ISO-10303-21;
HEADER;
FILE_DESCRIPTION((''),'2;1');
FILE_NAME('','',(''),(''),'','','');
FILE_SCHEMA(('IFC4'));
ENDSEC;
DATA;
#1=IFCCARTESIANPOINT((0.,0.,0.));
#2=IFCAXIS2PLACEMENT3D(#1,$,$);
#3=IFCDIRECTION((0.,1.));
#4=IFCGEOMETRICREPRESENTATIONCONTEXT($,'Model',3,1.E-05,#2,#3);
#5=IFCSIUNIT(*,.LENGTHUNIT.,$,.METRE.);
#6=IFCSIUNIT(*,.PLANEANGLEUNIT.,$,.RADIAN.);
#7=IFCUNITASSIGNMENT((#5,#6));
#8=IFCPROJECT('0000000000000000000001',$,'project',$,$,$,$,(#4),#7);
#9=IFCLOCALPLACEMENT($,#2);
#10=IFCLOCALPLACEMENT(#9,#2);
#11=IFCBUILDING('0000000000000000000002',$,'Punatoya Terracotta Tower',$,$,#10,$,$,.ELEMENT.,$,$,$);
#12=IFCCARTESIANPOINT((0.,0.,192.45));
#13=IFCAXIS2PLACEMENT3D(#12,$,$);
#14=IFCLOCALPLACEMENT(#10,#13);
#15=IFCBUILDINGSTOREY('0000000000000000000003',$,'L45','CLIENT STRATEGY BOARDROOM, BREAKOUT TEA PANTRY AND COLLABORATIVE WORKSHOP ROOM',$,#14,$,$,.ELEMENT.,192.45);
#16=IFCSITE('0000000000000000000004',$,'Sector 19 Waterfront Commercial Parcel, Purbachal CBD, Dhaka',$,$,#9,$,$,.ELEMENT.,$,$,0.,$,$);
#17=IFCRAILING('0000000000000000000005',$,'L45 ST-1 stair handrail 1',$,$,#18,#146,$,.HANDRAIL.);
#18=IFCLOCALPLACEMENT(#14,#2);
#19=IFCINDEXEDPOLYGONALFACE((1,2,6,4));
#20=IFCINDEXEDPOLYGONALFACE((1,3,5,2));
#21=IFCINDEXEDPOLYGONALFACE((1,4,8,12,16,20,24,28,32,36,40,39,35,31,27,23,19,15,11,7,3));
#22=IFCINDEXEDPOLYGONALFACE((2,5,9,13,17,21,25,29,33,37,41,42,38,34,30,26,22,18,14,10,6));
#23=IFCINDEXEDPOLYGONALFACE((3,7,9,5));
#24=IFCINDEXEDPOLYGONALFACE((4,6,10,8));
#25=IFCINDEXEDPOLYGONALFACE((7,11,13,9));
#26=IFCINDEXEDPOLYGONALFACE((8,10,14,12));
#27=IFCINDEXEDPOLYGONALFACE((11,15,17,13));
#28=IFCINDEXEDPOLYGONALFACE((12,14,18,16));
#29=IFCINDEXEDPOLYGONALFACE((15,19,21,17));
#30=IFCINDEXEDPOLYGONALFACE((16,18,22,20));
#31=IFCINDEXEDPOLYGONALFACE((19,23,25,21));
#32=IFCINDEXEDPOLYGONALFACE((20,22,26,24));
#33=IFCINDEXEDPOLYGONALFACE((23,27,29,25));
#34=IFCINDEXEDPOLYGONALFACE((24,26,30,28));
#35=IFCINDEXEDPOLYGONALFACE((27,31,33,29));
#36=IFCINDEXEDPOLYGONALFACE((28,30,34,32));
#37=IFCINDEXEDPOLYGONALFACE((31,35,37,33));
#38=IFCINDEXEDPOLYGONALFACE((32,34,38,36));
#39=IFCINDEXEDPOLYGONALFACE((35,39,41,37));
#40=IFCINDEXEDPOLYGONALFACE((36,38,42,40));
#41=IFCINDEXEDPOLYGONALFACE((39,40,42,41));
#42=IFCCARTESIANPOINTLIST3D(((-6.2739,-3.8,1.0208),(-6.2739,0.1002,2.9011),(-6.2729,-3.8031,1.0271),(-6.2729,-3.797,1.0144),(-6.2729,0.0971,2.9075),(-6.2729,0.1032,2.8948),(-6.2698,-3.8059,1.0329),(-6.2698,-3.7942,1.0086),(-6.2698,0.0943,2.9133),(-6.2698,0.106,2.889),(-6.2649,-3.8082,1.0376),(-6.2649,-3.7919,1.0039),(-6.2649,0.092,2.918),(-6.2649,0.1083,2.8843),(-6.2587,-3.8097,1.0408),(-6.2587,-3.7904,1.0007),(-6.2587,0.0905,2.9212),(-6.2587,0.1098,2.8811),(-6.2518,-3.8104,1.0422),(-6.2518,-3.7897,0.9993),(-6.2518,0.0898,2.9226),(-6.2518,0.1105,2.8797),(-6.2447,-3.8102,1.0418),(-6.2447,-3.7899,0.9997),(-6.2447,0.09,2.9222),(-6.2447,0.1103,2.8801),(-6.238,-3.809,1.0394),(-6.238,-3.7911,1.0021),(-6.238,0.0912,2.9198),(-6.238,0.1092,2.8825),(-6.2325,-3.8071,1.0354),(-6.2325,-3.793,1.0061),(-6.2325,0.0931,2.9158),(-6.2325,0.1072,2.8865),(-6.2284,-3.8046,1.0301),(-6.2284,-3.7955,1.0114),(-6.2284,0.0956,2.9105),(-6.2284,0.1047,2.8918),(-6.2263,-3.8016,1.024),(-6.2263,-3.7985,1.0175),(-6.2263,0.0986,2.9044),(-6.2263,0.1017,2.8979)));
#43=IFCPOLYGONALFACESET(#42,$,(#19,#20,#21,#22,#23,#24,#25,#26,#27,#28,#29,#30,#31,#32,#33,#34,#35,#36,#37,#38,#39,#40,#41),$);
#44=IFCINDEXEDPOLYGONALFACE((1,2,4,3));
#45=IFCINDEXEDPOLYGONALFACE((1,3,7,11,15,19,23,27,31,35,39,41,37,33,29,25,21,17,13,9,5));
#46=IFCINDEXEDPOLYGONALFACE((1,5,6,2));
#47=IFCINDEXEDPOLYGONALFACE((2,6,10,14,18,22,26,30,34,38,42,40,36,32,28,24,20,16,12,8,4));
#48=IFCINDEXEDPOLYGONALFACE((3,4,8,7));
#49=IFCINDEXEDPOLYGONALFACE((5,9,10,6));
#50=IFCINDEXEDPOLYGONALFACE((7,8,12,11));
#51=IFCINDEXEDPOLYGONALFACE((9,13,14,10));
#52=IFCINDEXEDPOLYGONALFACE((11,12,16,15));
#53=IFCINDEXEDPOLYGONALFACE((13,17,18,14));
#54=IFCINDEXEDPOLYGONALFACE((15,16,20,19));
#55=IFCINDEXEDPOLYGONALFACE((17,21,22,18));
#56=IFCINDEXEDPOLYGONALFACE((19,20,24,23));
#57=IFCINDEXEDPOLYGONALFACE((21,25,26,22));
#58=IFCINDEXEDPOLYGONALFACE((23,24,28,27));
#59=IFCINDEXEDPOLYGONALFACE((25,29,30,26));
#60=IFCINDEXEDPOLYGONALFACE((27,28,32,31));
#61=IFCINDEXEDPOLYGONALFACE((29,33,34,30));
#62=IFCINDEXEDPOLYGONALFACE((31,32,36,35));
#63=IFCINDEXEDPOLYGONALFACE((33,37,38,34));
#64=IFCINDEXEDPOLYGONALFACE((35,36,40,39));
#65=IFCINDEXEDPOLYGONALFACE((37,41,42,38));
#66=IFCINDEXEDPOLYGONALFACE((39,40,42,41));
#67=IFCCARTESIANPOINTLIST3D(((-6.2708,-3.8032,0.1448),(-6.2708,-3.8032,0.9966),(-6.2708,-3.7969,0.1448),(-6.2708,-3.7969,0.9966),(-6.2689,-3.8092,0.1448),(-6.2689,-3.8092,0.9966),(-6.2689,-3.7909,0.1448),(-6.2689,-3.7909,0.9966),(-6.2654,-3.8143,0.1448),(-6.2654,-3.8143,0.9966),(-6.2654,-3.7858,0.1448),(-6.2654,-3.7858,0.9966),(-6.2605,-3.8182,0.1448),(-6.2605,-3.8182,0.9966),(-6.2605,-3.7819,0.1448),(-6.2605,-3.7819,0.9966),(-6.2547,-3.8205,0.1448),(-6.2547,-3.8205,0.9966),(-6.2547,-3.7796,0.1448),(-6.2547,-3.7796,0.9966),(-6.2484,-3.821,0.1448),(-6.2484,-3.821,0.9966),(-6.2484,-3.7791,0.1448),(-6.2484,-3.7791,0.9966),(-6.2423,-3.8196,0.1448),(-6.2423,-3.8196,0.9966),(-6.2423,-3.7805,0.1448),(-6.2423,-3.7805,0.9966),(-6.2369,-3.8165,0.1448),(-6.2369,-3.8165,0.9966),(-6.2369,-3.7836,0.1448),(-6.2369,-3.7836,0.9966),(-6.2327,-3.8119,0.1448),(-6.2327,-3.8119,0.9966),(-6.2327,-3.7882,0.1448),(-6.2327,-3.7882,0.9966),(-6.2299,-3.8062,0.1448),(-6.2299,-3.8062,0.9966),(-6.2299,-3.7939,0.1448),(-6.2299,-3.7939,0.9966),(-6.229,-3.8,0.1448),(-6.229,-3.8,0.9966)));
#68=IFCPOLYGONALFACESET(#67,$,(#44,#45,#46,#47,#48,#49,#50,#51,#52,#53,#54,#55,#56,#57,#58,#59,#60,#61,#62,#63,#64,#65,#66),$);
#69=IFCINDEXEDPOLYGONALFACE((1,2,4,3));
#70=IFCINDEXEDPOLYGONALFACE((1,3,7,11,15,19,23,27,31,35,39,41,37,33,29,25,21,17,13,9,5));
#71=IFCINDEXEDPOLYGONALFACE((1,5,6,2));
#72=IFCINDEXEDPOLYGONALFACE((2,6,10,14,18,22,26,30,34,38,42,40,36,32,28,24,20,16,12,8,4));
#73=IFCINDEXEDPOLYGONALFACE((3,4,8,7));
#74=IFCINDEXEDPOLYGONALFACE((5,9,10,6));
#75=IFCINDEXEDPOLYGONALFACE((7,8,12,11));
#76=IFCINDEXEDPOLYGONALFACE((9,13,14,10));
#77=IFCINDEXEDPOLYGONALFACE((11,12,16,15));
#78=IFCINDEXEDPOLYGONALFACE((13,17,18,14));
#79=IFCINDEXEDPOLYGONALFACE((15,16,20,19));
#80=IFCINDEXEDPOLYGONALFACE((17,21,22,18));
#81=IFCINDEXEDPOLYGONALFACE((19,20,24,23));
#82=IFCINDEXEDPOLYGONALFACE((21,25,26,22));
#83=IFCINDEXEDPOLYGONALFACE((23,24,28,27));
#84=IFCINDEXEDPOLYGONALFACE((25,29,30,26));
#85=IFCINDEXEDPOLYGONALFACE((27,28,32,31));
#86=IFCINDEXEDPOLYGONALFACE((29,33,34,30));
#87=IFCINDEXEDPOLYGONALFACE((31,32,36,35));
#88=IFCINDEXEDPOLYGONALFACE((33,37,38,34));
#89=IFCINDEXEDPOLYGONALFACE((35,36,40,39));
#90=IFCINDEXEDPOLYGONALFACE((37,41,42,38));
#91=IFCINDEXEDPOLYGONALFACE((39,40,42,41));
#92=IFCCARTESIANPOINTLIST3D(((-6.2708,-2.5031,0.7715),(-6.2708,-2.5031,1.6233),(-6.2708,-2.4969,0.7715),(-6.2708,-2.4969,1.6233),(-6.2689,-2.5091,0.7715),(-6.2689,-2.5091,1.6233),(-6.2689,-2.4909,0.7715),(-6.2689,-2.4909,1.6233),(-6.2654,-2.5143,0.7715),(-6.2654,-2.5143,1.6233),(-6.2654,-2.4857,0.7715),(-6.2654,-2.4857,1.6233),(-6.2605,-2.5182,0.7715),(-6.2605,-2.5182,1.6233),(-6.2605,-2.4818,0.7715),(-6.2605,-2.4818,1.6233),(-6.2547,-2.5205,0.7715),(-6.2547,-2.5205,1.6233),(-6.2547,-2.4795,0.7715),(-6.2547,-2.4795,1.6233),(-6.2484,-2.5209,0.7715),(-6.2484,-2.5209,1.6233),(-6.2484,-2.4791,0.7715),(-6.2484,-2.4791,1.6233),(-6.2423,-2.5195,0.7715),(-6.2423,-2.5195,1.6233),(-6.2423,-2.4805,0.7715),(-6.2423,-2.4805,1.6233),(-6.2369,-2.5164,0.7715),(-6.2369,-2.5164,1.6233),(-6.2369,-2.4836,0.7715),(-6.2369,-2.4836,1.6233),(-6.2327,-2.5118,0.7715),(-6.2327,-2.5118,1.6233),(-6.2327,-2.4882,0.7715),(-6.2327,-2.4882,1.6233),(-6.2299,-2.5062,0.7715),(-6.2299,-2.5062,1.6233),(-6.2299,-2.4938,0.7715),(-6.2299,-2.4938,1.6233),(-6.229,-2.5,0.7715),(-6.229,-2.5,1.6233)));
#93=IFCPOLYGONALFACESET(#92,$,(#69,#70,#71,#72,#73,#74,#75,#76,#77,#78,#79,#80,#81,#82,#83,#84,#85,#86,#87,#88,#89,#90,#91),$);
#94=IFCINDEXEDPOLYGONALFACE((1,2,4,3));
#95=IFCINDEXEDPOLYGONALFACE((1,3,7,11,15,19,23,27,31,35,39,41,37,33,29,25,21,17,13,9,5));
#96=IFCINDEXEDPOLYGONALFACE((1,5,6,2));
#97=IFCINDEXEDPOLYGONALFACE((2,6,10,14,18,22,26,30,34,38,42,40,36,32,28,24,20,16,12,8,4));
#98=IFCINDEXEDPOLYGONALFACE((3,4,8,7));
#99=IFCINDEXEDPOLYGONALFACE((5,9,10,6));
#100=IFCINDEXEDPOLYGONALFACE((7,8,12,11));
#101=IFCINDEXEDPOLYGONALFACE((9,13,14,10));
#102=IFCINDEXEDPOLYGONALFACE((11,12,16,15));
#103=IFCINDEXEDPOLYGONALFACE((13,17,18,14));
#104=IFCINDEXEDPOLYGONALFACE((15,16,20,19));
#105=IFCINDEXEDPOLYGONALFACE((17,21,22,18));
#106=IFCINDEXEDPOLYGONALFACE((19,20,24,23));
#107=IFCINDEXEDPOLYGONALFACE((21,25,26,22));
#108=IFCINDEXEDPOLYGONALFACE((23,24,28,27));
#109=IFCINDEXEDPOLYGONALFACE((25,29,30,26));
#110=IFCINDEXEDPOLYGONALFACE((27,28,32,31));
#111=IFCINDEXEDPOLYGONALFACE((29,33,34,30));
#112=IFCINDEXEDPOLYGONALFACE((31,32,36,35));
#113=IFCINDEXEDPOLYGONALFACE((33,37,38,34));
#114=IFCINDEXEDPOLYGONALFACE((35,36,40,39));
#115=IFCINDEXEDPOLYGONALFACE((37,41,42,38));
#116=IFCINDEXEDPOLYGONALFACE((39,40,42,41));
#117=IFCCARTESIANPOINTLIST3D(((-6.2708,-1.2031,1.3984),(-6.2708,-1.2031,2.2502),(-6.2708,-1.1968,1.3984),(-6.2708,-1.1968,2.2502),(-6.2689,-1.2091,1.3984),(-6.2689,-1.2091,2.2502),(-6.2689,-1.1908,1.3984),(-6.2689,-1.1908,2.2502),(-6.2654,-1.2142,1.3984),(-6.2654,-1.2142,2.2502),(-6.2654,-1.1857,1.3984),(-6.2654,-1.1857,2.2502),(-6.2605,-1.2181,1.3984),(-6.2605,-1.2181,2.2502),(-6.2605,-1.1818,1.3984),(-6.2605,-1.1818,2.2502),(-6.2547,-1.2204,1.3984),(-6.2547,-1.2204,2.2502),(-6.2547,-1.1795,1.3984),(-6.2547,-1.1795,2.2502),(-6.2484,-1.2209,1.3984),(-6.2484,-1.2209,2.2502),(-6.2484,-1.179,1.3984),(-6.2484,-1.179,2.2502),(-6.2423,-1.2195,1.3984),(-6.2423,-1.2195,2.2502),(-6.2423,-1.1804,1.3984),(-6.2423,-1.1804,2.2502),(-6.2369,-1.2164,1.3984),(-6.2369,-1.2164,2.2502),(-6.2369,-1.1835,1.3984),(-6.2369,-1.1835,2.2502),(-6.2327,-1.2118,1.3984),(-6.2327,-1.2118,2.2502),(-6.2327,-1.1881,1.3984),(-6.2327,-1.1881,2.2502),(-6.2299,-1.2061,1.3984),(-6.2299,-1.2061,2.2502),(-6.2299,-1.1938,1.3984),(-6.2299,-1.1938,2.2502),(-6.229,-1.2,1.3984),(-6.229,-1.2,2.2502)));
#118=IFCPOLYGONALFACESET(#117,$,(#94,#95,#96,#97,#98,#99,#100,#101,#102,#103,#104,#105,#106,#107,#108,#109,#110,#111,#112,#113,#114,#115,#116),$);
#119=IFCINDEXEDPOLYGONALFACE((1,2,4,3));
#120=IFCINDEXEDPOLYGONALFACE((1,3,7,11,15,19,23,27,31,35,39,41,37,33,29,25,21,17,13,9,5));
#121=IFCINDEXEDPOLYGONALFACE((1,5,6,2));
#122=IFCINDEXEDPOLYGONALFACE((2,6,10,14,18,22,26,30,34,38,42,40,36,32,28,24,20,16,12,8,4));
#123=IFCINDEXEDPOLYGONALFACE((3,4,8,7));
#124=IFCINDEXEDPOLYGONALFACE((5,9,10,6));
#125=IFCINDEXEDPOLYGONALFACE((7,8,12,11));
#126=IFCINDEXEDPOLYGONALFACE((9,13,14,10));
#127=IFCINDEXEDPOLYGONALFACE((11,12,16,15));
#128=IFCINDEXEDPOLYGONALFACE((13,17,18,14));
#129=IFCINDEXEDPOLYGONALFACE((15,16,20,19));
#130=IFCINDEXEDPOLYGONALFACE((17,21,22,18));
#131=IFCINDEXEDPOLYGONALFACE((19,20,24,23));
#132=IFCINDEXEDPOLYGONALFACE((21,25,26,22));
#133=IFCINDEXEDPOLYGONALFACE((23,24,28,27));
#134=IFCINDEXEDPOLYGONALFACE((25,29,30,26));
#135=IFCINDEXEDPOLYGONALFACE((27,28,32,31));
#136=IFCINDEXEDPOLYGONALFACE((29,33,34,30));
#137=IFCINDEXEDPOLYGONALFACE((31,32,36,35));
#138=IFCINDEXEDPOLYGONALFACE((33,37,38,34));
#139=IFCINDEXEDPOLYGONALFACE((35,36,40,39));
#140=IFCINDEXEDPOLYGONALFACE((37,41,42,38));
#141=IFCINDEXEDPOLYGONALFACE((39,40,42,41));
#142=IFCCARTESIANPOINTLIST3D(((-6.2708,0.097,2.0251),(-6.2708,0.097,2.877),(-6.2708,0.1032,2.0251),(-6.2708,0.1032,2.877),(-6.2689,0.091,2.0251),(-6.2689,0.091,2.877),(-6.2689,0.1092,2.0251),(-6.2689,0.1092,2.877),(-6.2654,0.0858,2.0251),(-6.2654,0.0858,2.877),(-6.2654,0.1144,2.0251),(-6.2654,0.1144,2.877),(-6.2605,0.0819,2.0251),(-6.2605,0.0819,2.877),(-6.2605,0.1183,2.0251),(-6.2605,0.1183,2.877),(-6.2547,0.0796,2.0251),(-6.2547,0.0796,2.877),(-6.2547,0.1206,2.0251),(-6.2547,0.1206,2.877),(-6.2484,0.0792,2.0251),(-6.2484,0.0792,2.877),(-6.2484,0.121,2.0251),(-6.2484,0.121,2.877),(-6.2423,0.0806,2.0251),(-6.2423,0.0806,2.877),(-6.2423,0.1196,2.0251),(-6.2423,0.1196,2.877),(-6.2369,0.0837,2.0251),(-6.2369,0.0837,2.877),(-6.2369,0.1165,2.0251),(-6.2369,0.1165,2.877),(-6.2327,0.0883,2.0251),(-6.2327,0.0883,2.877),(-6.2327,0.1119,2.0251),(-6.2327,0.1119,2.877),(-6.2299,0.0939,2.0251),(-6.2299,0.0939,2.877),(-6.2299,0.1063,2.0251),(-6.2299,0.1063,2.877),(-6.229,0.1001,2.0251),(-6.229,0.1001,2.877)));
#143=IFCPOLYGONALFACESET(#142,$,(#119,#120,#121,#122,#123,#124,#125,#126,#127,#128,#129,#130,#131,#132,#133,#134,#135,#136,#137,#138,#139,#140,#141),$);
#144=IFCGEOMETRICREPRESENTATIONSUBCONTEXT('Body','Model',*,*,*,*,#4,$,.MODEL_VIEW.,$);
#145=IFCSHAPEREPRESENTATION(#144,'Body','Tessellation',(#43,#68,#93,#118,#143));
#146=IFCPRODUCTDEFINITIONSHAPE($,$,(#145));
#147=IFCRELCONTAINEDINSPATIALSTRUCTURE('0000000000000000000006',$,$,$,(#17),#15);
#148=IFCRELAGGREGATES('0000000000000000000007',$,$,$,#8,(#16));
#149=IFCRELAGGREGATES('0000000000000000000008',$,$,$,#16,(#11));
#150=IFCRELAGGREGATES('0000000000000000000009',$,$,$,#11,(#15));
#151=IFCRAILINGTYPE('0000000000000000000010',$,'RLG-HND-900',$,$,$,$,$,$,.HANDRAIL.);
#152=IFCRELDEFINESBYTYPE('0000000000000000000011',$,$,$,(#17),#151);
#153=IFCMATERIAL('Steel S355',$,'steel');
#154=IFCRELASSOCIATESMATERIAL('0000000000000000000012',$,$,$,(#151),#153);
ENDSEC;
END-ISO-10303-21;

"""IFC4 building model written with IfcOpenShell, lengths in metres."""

from ifc_helpers import new_model, si_unit, direction, frame, origin, origin_2d, place, context, subcontext, project, spatial, circle, extrude, material, type_object, element, save


model = new_model("IFC4")

# Units and contexts
model_context = context("Model", 3, precision=1e-05, world=origin(), true_north=direction((0.0, 1.0)))
body_context = subcontext(model_context, "Body", "Model", "MODEL_VIEW")
ifc_project = project(units=[si_unit("LENGTHUNIT", "METRE"), si_unit("PLANEANGLEUNIT", "RADIAN")], contexts=[model_context])

# Site, building, storey
site_placement = place(None, origin())
site = spatial("IfcSite", under=ifc_project, at=site_placement, Name="Sector 19 Waterfront Commercial Parcel, Purbachal CBD, Dhaka", CompositionType="ELEMENT", RefElevation=0.0)
building_placement = place(site_placement, origin())
building = spatial("IfcBuilding", under=site, at=building_placement, Name="Punatoya Terracotta Tower", CompositionType="ELEMENT")
storey_placement = place(building_placement, frame((0.0, 0.0, 192.45)))
storey = spatial("IfcBuildingStorey", under=building, at=storey_placement, Name="L45", Description="CLIENT STRATEGY BOARDROOM, BREAKOUT TEA PANTRY AND COLLABORATIVE WORKSHOP ROOM", CompositionType="ELEMENT", Elevation=192.45)

# Shared definitions
ifc_material_1 = material(Name="Steel S355", Category="steel")

# Railing
railing_type_1 = type_object("IfcRailingType", Name="RLG-HND-900", PredefinedType="HANDRAIL", material=ifc_material_1)
railing_1_placement = place(storey_placement, frame((-6.25, -3.8, 0.1448)))
element("IfcRailing", 1, at=railing_1_placement, inside=storey, type_object=railing_type_1, Name="L45 ST-1 stair handrail 1", PredefinedType="HANDRAIL", context=body_context, shape_type="SweptSolid", body=[
    extrude(circle(Radius=0.0239, at=origin_2d()), frame((0.0, 0.0, 0.876), z_axis=(0.0, 0.900774, 0.434289), x_axis=(-1.0, 0.0, 0.0)), (0.0, 0.0, 1.0), 4.3298),
    extrude(circle(Radius=0.021, at=origin_2d()), origin(), (0.0, 0.0, 1.0), 0.8518),
    extrude(circle(Radius=0.021, at=origin_2d()), frame((0.0, 1.3, 0.6267)), (0.0, 0.0, 1.0), 0.8518),
    extrude(circle(Radius=0.021, at=origin_2d()), frame((0.0, 2.6001, 1.2537)), (0.0, 0.0, 1.0), 0.8518),
    extrude(circle(Radius=0.021, at=origin_2d()), frame((0.0, 3.9001, 1.8804)), (0.0, 0.0, 1.0), 0.8518),
])

save(model, "model.ifc")
